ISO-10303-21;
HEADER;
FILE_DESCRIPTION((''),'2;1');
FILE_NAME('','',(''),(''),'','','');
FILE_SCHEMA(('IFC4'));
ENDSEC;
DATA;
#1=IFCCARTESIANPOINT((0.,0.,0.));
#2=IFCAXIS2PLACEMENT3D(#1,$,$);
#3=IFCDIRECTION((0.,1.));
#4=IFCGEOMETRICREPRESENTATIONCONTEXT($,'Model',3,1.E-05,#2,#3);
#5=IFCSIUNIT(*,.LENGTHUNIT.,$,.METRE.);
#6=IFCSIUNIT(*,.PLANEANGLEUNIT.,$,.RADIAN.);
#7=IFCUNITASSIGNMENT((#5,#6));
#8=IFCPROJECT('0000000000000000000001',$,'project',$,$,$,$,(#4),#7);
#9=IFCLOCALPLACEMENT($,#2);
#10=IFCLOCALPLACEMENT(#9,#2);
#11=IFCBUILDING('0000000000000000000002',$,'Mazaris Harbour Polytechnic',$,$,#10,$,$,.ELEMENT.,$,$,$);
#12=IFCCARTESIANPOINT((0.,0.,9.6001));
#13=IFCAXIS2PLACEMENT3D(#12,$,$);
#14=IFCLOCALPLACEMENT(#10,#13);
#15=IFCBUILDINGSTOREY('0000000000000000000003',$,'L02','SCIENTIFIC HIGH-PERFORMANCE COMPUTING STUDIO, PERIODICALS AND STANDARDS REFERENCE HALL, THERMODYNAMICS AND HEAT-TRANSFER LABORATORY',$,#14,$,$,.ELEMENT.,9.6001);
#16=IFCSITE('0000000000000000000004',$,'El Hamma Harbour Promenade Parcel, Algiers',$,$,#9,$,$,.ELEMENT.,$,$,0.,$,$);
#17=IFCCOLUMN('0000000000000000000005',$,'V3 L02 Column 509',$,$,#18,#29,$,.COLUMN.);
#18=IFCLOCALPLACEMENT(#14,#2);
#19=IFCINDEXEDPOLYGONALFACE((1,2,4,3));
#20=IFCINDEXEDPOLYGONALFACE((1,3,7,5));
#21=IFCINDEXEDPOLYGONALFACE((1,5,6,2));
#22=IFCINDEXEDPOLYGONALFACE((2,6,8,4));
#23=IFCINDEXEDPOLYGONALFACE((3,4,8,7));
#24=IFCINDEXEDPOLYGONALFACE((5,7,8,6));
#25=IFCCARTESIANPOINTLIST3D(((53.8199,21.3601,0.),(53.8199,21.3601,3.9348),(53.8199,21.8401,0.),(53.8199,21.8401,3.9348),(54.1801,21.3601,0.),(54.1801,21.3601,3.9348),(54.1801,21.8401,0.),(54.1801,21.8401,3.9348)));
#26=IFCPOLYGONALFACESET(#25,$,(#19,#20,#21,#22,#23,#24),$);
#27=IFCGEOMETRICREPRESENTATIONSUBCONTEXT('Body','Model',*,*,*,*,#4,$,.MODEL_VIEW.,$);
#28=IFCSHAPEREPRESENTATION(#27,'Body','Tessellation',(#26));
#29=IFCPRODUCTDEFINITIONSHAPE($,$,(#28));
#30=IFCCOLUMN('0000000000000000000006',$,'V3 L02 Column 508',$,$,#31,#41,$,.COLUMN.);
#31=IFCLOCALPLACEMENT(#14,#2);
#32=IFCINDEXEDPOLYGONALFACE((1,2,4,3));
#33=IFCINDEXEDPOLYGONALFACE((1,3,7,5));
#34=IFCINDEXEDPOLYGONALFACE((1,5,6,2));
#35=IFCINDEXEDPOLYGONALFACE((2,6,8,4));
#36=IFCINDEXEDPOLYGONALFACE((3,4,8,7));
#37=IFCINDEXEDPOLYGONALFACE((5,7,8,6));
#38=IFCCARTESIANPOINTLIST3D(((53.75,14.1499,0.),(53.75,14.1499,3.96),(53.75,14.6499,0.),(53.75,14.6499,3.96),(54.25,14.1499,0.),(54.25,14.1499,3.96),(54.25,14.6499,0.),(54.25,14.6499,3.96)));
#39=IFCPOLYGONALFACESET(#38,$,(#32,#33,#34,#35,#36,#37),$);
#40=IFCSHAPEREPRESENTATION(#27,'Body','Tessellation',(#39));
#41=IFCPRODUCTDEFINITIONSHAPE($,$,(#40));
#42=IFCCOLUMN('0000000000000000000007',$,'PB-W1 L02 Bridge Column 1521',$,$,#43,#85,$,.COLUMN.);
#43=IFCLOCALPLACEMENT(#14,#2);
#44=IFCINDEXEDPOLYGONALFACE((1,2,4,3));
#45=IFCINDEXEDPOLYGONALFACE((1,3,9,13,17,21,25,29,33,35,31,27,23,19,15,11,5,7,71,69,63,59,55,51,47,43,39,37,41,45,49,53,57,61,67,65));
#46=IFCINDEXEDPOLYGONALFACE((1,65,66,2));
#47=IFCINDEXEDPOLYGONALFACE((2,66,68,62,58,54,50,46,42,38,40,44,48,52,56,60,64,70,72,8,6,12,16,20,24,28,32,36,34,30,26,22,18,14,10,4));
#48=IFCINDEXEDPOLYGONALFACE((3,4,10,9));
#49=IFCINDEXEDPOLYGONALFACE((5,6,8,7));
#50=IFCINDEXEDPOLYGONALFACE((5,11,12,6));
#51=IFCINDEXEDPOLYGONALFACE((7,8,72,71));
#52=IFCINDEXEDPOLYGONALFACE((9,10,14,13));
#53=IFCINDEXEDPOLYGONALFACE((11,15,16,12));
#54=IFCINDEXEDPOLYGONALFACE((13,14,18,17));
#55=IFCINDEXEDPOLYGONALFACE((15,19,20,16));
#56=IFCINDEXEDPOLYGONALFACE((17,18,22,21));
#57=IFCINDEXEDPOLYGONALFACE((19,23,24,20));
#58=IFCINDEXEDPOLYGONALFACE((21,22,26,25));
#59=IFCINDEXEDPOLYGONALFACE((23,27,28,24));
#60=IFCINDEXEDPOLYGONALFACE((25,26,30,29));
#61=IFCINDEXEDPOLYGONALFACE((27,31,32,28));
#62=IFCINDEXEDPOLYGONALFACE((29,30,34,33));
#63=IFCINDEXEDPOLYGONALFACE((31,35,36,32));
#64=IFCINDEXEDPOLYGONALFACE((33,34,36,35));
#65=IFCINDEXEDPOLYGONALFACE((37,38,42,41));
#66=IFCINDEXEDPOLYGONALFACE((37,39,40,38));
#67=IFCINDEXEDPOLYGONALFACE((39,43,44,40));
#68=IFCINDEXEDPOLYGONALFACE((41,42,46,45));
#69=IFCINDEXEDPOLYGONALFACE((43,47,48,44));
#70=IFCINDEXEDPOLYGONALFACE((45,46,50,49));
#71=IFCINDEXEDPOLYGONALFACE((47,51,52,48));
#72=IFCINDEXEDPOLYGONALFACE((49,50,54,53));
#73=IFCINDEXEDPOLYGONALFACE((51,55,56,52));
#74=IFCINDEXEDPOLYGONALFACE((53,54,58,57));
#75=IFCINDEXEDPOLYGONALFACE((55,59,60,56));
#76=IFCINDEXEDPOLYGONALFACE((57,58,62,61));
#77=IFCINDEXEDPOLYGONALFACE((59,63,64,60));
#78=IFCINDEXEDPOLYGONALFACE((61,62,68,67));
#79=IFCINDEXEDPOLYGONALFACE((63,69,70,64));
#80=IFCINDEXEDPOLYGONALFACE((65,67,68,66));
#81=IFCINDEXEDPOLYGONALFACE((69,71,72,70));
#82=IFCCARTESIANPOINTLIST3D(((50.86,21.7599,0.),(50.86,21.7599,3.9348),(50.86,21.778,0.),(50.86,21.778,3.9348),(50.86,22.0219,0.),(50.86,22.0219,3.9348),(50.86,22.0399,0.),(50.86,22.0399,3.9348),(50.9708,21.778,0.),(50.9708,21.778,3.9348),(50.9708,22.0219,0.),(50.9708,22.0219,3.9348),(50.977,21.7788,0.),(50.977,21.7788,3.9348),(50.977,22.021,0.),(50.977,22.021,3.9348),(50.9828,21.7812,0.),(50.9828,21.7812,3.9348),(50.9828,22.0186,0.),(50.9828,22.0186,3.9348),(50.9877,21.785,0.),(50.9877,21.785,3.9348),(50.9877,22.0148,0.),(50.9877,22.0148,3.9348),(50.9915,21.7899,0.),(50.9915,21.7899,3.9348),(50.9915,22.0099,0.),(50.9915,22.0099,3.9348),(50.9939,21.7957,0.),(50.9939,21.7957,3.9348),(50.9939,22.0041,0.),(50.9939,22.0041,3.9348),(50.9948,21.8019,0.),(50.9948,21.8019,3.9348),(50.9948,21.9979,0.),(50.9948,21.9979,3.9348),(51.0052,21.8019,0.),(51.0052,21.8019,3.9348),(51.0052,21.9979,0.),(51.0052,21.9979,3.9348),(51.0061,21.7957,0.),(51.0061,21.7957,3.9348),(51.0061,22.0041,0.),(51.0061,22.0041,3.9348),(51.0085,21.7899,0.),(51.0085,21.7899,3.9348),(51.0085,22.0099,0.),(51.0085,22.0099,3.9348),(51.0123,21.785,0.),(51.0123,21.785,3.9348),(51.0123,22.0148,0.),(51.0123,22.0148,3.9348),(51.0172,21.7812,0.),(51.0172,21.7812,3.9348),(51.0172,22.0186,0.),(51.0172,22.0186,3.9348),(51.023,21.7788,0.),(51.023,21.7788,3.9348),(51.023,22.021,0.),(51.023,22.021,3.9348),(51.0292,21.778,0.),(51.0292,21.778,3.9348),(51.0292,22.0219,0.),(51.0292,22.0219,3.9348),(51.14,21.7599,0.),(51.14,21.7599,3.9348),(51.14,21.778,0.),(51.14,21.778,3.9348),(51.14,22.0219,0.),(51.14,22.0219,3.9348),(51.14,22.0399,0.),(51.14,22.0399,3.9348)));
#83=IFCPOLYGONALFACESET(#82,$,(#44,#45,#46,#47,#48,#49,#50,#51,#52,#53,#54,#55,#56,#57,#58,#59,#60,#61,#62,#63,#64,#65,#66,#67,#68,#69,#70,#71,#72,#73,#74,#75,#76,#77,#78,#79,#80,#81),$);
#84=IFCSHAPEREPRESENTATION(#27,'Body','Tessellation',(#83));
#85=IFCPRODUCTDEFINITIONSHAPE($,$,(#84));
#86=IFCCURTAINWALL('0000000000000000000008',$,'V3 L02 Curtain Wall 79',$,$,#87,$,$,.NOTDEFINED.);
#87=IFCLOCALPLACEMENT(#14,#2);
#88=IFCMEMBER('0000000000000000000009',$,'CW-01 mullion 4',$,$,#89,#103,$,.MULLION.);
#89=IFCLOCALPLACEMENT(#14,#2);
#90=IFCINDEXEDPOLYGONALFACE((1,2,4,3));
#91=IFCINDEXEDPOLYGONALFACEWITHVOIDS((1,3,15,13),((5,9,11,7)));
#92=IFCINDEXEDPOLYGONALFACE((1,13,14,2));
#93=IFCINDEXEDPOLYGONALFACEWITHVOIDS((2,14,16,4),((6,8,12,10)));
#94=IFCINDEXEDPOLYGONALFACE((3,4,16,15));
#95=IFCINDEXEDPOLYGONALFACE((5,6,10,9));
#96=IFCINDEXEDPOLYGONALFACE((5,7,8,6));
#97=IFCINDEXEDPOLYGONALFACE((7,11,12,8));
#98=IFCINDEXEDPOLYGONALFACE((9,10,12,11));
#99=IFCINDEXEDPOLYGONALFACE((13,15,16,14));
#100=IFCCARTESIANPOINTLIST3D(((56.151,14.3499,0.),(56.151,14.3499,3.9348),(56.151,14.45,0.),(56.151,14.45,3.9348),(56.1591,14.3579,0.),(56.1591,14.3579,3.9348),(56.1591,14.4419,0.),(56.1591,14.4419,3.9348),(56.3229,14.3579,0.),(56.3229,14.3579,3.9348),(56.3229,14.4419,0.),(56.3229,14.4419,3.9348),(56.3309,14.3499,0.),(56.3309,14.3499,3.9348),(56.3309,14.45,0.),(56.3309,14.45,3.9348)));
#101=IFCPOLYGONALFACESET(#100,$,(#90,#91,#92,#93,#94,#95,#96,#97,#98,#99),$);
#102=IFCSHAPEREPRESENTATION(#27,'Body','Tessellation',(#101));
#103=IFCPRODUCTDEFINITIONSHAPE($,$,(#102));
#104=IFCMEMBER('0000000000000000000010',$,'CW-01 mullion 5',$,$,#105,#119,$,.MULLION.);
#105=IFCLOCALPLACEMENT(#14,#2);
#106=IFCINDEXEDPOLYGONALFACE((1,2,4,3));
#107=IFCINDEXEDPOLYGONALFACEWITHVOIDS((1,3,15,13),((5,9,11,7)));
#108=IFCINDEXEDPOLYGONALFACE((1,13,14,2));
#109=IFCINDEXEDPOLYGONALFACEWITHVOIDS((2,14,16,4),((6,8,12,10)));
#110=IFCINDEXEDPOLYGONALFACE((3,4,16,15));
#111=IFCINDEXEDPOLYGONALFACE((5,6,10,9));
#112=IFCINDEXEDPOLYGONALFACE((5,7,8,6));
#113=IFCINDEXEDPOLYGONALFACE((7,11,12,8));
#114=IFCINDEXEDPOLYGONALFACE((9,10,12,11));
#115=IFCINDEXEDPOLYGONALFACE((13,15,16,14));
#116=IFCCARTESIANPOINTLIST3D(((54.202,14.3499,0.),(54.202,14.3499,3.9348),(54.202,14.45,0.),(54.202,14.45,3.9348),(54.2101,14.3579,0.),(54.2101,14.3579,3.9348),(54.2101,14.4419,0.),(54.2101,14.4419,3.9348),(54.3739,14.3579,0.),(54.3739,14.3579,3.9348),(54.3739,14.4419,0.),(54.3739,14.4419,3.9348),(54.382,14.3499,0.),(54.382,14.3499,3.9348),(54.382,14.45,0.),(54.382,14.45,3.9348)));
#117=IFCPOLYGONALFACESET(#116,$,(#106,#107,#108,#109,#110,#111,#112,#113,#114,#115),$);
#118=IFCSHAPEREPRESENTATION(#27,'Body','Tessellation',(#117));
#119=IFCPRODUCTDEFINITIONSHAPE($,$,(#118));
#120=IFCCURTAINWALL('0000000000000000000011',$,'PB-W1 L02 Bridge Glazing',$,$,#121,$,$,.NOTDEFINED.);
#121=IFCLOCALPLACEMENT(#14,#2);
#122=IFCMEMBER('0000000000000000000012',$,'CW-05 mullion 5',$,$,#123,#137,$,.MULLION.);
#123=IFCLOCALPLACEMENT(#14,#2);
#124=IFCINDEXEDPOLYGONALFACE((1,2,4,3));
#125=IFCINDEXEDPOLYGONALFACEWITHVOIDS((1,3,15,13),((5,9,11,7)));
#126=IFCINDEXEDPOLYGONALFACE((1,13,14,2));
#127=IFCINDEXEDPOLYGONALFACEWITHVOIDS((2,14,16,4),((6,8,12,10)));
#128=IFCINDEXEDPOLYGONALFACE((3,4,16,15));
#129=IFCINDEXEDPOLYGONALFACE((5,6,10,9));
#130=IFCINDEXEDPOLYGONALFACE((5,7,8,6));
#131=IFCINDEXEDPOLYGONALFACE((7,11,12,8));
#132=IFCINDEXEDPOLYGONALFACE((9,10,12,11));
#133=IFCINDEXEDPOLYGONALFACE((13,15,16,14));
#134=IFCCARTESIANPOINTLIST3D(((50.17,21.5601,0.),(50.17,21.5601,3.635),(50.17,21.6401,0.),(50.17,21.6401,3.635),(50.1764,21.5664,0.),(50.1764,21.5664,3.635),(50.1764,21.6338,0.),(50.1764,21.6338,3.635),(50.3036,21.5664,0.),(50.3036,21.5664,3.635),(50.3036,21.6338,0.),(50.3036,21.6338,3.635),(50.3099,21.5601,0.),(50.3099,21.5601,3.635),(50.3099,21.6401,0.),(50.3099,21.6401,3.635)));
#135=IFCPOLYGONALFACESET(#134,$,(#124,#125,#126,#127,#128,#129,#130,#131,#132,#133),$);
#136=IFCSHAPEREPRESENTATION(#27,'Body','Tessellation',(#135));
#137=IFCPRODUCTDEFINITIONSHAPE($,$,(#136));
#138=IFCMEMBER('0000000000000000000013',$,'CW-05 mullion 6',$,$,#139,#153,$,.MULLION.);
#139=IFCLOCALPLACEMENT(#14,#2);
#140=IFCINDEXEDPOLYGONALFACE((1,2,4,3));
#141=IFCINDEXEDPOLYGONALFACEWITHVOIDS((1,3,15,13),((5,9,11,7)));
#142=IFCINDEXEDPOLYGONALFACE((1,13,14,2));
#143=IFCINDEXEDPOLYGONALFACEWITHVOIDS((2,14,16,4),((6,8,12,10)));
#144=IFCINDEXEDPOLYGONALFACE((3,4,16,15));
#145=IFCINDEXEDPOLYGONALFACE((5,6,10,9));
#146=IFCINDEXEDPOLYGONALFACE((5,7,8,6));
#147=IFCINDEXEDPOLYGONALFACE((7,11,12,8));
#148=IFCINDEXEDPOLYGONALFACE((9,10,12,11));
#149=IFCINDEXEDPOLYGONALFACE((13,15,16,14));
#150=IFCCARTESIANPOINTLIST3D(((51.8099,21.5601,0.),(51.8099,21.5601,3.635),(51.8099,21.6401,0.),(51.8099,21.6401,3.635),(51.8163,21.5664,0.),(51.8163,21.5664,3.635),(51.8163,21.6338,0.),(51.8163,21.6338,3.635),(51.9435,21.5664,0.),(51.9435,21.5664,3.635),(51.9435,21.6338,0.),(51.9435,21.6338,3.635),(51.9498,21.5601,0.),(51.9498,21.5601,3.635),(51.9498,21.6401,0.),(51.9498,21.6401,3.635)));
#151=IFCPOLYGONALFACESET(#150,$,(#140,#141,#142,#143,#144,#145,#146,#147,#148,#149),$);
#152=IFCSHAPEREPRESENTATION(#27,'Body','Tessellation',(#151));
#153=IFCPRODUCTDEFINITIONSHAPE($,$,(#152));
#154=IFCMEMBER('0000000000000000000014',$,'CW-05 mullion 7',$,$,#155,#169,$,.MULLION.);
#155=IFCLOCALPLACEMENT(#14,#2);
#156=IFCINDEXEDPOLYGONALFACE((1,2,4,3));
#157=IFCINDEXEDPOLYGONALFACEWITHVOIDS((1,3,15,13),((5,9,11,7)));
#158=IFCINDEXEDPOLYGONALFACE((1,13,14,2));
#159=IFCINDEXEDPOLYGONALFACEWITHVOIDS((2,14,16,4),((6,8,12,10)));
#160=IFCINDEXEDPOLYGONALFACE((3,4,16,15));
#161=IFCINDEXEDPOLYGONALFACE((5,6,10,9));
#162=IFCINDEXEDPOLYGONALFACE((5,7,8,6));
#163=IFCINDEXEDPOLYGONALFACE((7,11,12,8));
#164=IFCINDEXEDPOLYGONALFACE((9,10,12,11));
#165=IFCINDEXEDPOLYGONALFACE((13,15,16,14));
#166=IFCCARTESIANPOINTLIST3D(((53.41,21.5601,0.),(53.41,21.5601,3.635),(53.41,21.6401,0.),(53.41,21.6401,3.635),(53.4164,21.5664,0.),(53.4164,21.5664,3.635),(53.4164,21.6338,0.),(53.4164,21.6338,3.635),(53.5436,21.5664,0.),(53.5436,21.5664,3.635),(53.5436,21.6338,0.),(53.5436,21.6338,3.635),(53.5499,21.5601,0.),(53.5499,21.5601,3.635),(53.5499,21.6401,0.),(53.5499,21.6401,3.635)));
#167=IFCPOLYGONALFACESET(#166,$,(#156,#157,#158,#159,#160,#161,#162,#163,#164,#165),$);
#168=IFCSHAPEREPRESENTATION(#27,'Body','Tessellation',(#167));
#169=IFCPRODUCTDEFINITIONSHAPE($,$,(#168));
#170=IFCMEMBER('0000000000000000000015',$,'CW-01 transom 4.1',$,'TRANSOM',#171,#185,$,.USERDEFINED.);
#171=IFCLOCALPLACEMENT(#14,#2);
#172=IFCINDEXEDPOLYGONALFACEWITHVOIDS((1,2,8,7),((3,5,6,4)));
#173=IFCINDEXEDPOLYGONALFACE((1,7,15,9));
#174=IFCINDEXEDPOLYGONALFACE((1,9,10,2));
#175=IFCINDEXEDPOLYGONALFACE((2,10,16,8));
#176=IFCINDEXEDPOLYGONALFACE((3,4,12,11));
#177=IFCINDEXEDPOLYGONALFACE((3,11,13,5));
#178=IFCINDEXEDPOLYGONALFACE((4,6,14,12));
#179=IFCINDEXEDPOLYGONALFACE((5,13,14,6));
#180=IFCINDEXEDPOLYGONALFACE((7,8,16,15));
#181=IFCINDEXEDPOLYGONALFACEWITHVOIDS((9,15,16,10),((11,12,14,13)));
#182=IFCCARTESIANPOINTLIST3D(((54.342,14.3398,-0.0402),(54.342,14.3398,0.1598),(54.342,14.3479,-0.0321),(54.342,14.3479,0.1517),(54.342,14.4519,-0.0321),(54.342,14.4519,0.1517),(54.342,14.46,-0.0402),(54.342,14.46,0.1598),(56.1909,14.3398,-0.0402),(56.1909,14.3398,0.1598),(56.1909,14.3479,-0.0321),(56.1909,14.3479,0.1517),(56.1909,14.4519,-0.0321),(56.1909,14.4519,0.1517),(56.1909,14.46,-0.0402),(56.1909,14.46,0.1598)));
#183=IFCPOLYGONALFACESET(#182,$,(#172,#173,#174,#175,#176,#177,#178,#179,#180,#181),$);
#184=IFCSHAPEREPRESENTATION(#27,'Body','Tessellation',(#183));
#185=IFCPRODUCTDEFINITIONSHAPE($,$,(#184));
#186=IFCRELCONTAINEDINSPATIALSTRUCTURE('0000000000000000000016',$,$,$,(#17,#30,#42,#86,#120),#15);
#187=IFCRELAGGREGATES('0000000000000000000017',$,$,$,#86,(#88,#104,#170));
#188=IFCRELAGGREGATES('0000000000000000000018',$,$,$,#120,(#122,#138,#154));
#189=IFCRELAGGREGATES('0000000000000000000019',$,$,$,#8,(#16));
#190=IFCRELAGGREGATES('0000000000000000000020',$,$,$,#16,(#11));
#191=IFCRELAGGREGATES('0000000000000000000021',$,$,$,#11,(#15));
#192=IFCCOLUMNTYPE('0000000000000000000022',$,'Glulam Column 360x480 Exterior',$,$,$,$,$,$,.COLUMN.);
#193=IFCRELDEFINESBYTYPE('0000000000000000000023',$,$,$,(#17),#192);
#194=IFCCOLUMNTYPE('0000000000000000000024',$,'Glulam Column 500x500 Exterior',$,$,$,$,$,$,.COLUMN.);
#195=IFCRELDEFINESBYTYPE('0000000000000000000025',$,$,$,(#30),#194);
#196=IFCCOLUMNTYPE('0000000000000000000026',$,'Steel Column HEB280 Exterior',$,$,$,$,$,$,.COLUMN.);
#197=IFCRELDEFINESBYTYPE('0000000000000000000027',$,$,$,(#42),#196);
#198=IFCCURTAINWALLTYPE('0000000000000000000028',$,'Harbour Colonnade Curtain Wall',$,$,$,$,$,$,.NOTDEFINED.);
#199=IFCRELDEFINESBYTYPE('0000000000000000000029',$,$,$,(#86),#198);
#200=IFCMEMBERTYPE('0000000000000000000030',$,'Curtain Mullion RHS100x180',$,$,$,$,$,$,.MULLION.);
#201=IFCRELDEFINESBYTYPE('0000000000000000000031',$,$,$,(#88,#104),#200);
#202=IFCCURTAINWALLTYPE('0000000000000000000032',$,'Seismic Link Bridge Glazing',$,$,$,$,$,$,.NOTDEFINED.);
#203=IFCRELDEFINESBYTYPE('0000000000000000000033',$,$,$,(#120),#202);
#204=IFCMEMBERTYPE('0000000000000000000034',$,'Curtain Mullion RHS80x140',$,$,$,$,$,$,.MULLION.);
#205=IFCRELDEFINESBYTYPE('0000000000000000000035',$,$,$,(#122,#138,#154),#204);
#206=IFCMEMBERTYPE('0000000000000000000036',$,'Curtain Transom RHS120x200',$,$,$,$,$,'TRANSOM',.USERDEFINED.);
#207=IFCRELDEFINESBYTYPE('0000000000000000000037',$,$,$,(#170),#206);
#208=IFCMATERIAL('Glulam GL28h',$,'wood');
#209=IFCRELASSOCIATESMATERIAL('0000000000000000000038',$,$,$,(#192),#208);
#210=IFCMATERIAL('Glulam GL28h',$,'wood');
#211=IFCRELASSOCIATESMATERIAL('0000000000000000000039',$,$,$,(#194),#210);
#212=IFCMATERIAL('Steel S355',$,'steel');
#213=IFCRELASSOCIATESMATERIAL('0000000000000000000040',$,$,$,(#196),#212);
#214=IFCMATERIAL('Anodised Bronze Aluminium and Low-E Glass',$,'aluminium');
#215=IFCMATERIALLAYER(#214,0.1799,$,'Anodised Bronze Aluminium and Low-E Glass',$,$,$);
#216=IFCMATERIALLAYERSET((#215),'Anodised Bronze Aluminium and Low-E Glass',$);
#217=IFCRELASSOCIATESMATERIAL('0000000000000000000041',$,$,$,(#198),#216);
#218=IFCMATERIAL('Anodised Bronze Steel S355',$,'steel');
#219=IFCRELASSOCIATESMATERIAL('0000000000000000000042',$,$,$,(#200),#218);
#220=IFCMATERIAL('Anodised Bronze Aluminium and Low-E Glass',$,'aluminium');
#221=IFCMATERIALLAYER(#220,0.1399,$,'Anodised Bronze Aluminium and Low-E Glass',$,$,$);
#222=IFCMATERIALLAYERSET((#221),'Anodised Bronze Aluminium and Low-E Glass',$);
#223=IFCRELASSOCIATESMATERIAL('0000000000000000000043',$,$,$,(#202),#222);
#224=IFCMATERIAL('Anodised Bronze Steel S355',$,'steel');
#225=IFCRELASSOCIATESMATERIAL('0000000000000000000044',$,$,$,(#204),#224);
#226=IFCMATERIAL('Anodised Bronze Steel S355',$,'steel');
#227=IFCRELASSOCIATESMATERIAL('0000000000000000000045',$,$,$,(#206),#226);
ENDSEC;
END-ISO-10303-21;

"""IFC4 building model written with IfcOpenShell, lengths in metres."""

from ifc_helpers import new_model, si_unit, direction, frame, origin, origin_2d, place, context, subcontext, project, spatial, rectangle, hollow_rectangle, i_section, extrude, material, layer, layer_set, material_profile, profile_set, type_object, element, aggregate, save


model = new_model("IFC4")

# Units and contexts
model_context = context("Model", 3, precision=1e-05, world=origin(), true_north=direction((0.0, 1.0)))
body_context = subcontext(model_context, "Body", "Model", "MODEL_VIEW")
ifc_project = project(units=[si_unit("LENGTHUNIT", "METRE"), si_unit("PLANEANGLEUNIT", "RADIAN")], contexts=[model_context])

# Site, building, storey
site_placement = place(None, origin())
site = spatial("IfcSite", under=ifc_project, at=site_placement, Name="El Hamma Harbour Promenade Parcel, Algiers", CompositionType="ELEMENT", RefElevation=0.0)
building_placement = place(site_placement, origin())
building = spatial("IfcBuilding", under=site, at=building_placement, Name="Mazaris Harbour Polytechnic", CompositionType="ELEMENT")
storey_placement = place(building_placement, frame((0.0, 0.0, 9.6001)))
storey = spatial("IfcBuildingStorey", under=building, at=storey_placement, Name="L02", Description="SCIENTIFIC HIGH-PERFORMANCE COMPUTING STUDIO, PERIODICALS AND STANDARDS REFERENCE HALL, THERMODYNAMICS AND HEAT-TRANSFER LABORATORY", CompositionType="ELEMENT", Elevation=9.6001)

# Columns
ifc_material_1 = material(Name="Glulam GL28h", Category="wood")
ifc_material_profile_1 = material_profile(ifc_material_1, rectangle(XDim=0.3601, YDim=0.48, at=origin_2d()), Name="RECT360x480")
ifc_profile_set_1 = profile_set([ifc_material_profile_1], Name="Glulam GL28h")
column_type_1 = type_object("IfcColumnType", Name="Glulam Column 360x480 Exterior", PredefinedType="COLUMN", material=ifc_profile_set_1)
column_1_placement = place(storey_placement, frame((54.0, 21.6001, 0.0), z_axis=(0.0, 0.0, 1.0), x_axis=(1.0, 0.0, 0.0)))
element("IfcColumn", 1, at=column_1_placement, inside=storey, type_object=column_type_1, Name="V3 L02 Column 509", PredefinedType="COLUMN", context=body_context, shape_type="SweptSolid", body=[
    extrude(rectangle(XDim=0.3601, YDim=0.48, at=origin_2d()), origin(), (0.0, 0.0, 1.0), 3.9348),
])
ifc_material_2 = material(Name="Glulam GL28h", Category="wood")
ifc_material_profile_2 = material_profile(ifc_material_2, rectangle(XDim=0.5, YDim=0.5, at=origin_2d()), Name="RECT500x500")
ifc_profile_set_2 = profile_set([ifc_material_profile_2], Name="Glulam GL28h")
column_type_2 = type_object("IfcColumnType", Name="Glulam Column 500x500 Exterior", PredefinedType="COLUMN", material=ifc_profile_set_2)
column_2_placement = place(storey_placement, frame((54.0, 14.3999, 0.0), z_axis=(0.0, 0.0, 1.0), x_axis=(1.0, 0.0, 0.0)))
element("IfcColumn", 2, at=column_2_placement, inside=storey, type_object=column_type_2, Name="V3 L02 Column 508", PredefinedType="COLUMN", context=body_context, shape_type="SweptSolid", body=[
    extrude(rectangle(XDim=0.5, YDim=0.5, at=origin_2d()), origin(), (0.0, 0.0, 1.0), 3.96),
])
ifc_material_3 = material(Name="Steel S355", Category="steel")
ifc_material_profile_3 = material_profile(ifc_material_3, i_section(OverallWidth=0.28, OverallDepth=0.28, WebThickness=0.0105, FlangeThickness=0.0181, FilletRadius=0.0239, at=origin_2d()), Name="HEB 280")
ifc_profile_set_3 = profile_set([ifc_material_profile_3], Name="Steel S355")
column_type_3 = type_object("IfcColumnType", Name="Steel Column HEB280 Exterior", PredefinedType="COLUMN", material=ifc_profile_set_3)
column_3_placement = place(storey_placement, frame((51.0, 21.8999, 0.0), z_axis=(0.0, 0.0, 1.0), x_axis=(1.0, 0.0, 0.0)))
element("IfcColumn", 3, at=column_3_placement, inside=storey, type_object=column_type_3, Name="PB-W1 L02 Bridge Column 1521", PredefinedType="COLUMN", context=body_context, shape_type="SweptSolid", body=[
    extrude(i_section(OverallWidth=0.28, OverallDepth=0.28, WebThickness=0.0105, FlangeThickness=0.0181, FilletRadius=0.0239, at=origin_2d()), origin(), (0.0, 0.0, 1.0), 3.9348),
])

# Curtain walls, members
ifc_material_4 = material(Name="Anodised Bronze Aluminium and Low-E Glass", Category="aluminium")
ifc_layer_1 = layer(ifc_material_4, 0.1799, Name="Anodised Bronze Aluminium and Low-E Glass")
ifc_layer_set_1 = layer_set([ifc_layer_1], Name="Anodised Bronze Aluminium and Low-E Glass")
curtain_wall_type_1 = type_object("IfcCurtainWallType", Name="Harbour Colonnade Curtain Wall", PredefinedType="NOTDEFINED", material=ifc_layer_set_1)
curtain_wall_1_placement = place(storey_placement, origin())
curtain_wall_1 = element("IfcCurtainWall", 4, at=curtain_wall_1_placement, inside=storey, type_object=curtain_wall_type_1, Name="V3 L02 Curtain Wall 79", PredefinedType="NOTDEFINED")
ifc_material_5 = material(Name="Anodised Bronze Steel S355", Category="steel")
ifc_material_profile_4 = material_profile(ifc_material_5, hollow_rectangle(XDim=0.1001, YDim=0.1799, WallThickness=0.0081, at=origin_2d()), Name="RHS 100x180x8.0")
ifc_profile_set_4 = profile_set([ifc_material_profile_4], Name="Anodised Bronze Steel S355")
member_type_1 = type_object("IfcMemberType", Name="Curtain Mullion RHS100x180", PredefinedType="MULLION", material=ifc_profile_set_4)
member_1_placement = place(storey_placement, frame((56.241, 14.3999, 0.0), z_axis=(0.0, 0.0, 1.0), x_axis=(0.0, -1.0, 0.0)))
member_1 = element("IfcMember", 5, at=member_1_placement, type_object=member_type_1, Name="CW-01 mullion 4", PredefinedType="MULLION", context=body_context, shape_type="SweptSolid", body=[
    extrude(hollow_rectangle(XDim=0.1001, YDim=0.1799, WallThickness=0.0081, at=origin_2d()), origin(), (0.0, 0.0, 1.0), 3.9348),
])
member_2_placement = place(storey_placement, frame((54.292, 14.3999, 0.0), z_axis=(0.0, 0.0, 1.0), x_axis=(0.0, -1.0, 0.0)))
member_2 = element("IfcMember", 6, at=member_2_placement, type_object=member_type_1, Name="CW-01 mullion 5", PredefinedType="MULLION", context=body_context, shape_type="SweptSolid", body=[
    extrude(hollow_rectangle(XDim=0.1001, YDim=0.1799, WallThickness=0.0081, at=origin_2d()), origin(), (0.0, 0.0, 1.0), 3.9348),
])
ifc_material_6 = material(Name="Anodised Bronze Aluminium and Low-E Glass", Category="aluminium")
ifc_layer_2 = layer(ifc_material_6, 0.1399, Name="Anodised Bronze Aluminium and Low-E Glass")
ifc_layer_set_2 = layer_set([ifc_layer_2], Name="Anodised Bronze Aluminium and Low-E Glass")
curtain_wall_type_2 = type_object("IfcCurtainWallType", Name="Seismic Link Bridge Glazing", PredefinedType="NOTDEFINED", material=ifc_layer_set_2)
curtain_wall_2_placement = place(storey_placement, origin())
curtain_wall_2 = element("IfcCurtainWall", 7, at=curtain_wall_2_placement, inside=storey, type_object=curtain_wall_type_2, Name="PB-W1 L02 Bridge Glazing", PredefinedType="NOTDEFINED")
ifc_material_7 = material(Name="Anodised Bronze Steel S355", Category="steel")
ifc_material_profile_5 = material_profile(ifc_material_7, hollow_rectangle(XDim=0.0801, YDim=0.1399, WallThickness=0.0063, at=origin_2d()), Name="RHS 80x140x6.3")
ifc_profile_set_5 = profile_set([ifc_material_profile_5], Name="Anodised Bronze Steel S355")
member_type_2 = type_object("IfcMemberType", Name="Curtain Mullion RHS80x140", PredefinedType="MULLION", material=ifc_profile_set_5)
member_3_placement = place(storey_placement, frame((50.24, 21.6001, 0.0), z_axis=(0.0, 0.0, 1.0), x_axis=(0.0, 1.0, 0.0)))
member_3 = element("IfcMember", 8, at=member_3_placement, type_object=member_type_2, Name="CW-05 mullion 5", PredefinedType="MULLION", context=body_context, shape_type="SweptSolid", body=[
    extrude(hollow_rectangle(XDim=0.0801, YDim=0.1399, WallThickness=0.0063, at=origin_2d()), origin(), (0.0, 0.0, 1.0), 3.635),
])
member_4_placement = place(storey_placement, frame((51.8799, 21.6001, 0.0), z_axis=(0.0, 0.0, 1.0), x_axis=(0.0, 1.0, 0.0)))
member_4 = element("IfcMember", 9, at=member_4_placement, type_object=member_type_2, Name="CW-05 mullion 6", PredefinedType="MULLION", context=body_context, shape_type="SweptSolid", body=[
    extrude(hollow_rectangle(XDim=0.0801, YDim=0.1399, WallThickness=0.0063, at=origin_2d()), origin(), (0.0, 0.0, 1.0), 3.635),
])
member_5_placement = place(storey_placement, frame((53.48, 21.6001, 0.0), z_axis=(0.0, 0.0, 1.0), x_axis=(0.0, 1.0, 0.0)))
member_5 = element("IfcMember", 10, at=member_5_placement, type_object=member_type_2, Name="CW-05 mullion 7", PredefinedType="MULLION", context=body_context, shape_type="SweptSolid", body=[
    extrude(hollow_rectangle(XDim=0.0801, YDim=0.1399, WallThickness=0.0063, at=origin_2d()), origin(), (0.0, 0.0, 1.0), 3.635),
])

# Member
ifc_material_8 = material(Name="Anodised Bronze Steel S355", Category="steel")
ifc_material_profile_6 = material_profile(ifc_material_8, hollow_rectangle(XDim=0.1201, YDim=0.2, WallThickness=0.0081, at=origin_2d()), Name="RHS 120x200x8.0")
ifc_profile_set_6 = profile_set([ifc_material_profile_6], Name="Anodised Bronze Steel S355")
member_type_3 = type_object("IfcMemberType", Name="Curtain Transom RHS120x200", ElementType="TRANSOM", PredefinedType="USERDEFINED", material=ifc_profile_set_6)
member_6_placement = place(storey_placement, frame((56.1909, 14.3999, 0.0598), z_axis=(-1.0, 0.0, 0.0), x_axis=(0.0, -1.0, 0.0)))
member_6 = element("IfcMember", 11, at=member_6_placement, type_object=member_type_3, Name="CW-01 transom 4.1", ObjectType="TRANSOM", PredefinedType="USERDEFINED", context=body_context, shape_type="SweptSolid", body=[
    extrude(hollow_rectangle(XDim=0.1201, YDim=0.2, WallThickness=0.0081, at=origin_2d()), origin(), (0.0, 0.0, 1.0), 1.8489),
])

aggregate(curtain_wall_1, [member_1, member_2, member_6])
aggregate(curtain_wall_2, [member_3, member_4, member_5])

save(model, "model.ifc")
